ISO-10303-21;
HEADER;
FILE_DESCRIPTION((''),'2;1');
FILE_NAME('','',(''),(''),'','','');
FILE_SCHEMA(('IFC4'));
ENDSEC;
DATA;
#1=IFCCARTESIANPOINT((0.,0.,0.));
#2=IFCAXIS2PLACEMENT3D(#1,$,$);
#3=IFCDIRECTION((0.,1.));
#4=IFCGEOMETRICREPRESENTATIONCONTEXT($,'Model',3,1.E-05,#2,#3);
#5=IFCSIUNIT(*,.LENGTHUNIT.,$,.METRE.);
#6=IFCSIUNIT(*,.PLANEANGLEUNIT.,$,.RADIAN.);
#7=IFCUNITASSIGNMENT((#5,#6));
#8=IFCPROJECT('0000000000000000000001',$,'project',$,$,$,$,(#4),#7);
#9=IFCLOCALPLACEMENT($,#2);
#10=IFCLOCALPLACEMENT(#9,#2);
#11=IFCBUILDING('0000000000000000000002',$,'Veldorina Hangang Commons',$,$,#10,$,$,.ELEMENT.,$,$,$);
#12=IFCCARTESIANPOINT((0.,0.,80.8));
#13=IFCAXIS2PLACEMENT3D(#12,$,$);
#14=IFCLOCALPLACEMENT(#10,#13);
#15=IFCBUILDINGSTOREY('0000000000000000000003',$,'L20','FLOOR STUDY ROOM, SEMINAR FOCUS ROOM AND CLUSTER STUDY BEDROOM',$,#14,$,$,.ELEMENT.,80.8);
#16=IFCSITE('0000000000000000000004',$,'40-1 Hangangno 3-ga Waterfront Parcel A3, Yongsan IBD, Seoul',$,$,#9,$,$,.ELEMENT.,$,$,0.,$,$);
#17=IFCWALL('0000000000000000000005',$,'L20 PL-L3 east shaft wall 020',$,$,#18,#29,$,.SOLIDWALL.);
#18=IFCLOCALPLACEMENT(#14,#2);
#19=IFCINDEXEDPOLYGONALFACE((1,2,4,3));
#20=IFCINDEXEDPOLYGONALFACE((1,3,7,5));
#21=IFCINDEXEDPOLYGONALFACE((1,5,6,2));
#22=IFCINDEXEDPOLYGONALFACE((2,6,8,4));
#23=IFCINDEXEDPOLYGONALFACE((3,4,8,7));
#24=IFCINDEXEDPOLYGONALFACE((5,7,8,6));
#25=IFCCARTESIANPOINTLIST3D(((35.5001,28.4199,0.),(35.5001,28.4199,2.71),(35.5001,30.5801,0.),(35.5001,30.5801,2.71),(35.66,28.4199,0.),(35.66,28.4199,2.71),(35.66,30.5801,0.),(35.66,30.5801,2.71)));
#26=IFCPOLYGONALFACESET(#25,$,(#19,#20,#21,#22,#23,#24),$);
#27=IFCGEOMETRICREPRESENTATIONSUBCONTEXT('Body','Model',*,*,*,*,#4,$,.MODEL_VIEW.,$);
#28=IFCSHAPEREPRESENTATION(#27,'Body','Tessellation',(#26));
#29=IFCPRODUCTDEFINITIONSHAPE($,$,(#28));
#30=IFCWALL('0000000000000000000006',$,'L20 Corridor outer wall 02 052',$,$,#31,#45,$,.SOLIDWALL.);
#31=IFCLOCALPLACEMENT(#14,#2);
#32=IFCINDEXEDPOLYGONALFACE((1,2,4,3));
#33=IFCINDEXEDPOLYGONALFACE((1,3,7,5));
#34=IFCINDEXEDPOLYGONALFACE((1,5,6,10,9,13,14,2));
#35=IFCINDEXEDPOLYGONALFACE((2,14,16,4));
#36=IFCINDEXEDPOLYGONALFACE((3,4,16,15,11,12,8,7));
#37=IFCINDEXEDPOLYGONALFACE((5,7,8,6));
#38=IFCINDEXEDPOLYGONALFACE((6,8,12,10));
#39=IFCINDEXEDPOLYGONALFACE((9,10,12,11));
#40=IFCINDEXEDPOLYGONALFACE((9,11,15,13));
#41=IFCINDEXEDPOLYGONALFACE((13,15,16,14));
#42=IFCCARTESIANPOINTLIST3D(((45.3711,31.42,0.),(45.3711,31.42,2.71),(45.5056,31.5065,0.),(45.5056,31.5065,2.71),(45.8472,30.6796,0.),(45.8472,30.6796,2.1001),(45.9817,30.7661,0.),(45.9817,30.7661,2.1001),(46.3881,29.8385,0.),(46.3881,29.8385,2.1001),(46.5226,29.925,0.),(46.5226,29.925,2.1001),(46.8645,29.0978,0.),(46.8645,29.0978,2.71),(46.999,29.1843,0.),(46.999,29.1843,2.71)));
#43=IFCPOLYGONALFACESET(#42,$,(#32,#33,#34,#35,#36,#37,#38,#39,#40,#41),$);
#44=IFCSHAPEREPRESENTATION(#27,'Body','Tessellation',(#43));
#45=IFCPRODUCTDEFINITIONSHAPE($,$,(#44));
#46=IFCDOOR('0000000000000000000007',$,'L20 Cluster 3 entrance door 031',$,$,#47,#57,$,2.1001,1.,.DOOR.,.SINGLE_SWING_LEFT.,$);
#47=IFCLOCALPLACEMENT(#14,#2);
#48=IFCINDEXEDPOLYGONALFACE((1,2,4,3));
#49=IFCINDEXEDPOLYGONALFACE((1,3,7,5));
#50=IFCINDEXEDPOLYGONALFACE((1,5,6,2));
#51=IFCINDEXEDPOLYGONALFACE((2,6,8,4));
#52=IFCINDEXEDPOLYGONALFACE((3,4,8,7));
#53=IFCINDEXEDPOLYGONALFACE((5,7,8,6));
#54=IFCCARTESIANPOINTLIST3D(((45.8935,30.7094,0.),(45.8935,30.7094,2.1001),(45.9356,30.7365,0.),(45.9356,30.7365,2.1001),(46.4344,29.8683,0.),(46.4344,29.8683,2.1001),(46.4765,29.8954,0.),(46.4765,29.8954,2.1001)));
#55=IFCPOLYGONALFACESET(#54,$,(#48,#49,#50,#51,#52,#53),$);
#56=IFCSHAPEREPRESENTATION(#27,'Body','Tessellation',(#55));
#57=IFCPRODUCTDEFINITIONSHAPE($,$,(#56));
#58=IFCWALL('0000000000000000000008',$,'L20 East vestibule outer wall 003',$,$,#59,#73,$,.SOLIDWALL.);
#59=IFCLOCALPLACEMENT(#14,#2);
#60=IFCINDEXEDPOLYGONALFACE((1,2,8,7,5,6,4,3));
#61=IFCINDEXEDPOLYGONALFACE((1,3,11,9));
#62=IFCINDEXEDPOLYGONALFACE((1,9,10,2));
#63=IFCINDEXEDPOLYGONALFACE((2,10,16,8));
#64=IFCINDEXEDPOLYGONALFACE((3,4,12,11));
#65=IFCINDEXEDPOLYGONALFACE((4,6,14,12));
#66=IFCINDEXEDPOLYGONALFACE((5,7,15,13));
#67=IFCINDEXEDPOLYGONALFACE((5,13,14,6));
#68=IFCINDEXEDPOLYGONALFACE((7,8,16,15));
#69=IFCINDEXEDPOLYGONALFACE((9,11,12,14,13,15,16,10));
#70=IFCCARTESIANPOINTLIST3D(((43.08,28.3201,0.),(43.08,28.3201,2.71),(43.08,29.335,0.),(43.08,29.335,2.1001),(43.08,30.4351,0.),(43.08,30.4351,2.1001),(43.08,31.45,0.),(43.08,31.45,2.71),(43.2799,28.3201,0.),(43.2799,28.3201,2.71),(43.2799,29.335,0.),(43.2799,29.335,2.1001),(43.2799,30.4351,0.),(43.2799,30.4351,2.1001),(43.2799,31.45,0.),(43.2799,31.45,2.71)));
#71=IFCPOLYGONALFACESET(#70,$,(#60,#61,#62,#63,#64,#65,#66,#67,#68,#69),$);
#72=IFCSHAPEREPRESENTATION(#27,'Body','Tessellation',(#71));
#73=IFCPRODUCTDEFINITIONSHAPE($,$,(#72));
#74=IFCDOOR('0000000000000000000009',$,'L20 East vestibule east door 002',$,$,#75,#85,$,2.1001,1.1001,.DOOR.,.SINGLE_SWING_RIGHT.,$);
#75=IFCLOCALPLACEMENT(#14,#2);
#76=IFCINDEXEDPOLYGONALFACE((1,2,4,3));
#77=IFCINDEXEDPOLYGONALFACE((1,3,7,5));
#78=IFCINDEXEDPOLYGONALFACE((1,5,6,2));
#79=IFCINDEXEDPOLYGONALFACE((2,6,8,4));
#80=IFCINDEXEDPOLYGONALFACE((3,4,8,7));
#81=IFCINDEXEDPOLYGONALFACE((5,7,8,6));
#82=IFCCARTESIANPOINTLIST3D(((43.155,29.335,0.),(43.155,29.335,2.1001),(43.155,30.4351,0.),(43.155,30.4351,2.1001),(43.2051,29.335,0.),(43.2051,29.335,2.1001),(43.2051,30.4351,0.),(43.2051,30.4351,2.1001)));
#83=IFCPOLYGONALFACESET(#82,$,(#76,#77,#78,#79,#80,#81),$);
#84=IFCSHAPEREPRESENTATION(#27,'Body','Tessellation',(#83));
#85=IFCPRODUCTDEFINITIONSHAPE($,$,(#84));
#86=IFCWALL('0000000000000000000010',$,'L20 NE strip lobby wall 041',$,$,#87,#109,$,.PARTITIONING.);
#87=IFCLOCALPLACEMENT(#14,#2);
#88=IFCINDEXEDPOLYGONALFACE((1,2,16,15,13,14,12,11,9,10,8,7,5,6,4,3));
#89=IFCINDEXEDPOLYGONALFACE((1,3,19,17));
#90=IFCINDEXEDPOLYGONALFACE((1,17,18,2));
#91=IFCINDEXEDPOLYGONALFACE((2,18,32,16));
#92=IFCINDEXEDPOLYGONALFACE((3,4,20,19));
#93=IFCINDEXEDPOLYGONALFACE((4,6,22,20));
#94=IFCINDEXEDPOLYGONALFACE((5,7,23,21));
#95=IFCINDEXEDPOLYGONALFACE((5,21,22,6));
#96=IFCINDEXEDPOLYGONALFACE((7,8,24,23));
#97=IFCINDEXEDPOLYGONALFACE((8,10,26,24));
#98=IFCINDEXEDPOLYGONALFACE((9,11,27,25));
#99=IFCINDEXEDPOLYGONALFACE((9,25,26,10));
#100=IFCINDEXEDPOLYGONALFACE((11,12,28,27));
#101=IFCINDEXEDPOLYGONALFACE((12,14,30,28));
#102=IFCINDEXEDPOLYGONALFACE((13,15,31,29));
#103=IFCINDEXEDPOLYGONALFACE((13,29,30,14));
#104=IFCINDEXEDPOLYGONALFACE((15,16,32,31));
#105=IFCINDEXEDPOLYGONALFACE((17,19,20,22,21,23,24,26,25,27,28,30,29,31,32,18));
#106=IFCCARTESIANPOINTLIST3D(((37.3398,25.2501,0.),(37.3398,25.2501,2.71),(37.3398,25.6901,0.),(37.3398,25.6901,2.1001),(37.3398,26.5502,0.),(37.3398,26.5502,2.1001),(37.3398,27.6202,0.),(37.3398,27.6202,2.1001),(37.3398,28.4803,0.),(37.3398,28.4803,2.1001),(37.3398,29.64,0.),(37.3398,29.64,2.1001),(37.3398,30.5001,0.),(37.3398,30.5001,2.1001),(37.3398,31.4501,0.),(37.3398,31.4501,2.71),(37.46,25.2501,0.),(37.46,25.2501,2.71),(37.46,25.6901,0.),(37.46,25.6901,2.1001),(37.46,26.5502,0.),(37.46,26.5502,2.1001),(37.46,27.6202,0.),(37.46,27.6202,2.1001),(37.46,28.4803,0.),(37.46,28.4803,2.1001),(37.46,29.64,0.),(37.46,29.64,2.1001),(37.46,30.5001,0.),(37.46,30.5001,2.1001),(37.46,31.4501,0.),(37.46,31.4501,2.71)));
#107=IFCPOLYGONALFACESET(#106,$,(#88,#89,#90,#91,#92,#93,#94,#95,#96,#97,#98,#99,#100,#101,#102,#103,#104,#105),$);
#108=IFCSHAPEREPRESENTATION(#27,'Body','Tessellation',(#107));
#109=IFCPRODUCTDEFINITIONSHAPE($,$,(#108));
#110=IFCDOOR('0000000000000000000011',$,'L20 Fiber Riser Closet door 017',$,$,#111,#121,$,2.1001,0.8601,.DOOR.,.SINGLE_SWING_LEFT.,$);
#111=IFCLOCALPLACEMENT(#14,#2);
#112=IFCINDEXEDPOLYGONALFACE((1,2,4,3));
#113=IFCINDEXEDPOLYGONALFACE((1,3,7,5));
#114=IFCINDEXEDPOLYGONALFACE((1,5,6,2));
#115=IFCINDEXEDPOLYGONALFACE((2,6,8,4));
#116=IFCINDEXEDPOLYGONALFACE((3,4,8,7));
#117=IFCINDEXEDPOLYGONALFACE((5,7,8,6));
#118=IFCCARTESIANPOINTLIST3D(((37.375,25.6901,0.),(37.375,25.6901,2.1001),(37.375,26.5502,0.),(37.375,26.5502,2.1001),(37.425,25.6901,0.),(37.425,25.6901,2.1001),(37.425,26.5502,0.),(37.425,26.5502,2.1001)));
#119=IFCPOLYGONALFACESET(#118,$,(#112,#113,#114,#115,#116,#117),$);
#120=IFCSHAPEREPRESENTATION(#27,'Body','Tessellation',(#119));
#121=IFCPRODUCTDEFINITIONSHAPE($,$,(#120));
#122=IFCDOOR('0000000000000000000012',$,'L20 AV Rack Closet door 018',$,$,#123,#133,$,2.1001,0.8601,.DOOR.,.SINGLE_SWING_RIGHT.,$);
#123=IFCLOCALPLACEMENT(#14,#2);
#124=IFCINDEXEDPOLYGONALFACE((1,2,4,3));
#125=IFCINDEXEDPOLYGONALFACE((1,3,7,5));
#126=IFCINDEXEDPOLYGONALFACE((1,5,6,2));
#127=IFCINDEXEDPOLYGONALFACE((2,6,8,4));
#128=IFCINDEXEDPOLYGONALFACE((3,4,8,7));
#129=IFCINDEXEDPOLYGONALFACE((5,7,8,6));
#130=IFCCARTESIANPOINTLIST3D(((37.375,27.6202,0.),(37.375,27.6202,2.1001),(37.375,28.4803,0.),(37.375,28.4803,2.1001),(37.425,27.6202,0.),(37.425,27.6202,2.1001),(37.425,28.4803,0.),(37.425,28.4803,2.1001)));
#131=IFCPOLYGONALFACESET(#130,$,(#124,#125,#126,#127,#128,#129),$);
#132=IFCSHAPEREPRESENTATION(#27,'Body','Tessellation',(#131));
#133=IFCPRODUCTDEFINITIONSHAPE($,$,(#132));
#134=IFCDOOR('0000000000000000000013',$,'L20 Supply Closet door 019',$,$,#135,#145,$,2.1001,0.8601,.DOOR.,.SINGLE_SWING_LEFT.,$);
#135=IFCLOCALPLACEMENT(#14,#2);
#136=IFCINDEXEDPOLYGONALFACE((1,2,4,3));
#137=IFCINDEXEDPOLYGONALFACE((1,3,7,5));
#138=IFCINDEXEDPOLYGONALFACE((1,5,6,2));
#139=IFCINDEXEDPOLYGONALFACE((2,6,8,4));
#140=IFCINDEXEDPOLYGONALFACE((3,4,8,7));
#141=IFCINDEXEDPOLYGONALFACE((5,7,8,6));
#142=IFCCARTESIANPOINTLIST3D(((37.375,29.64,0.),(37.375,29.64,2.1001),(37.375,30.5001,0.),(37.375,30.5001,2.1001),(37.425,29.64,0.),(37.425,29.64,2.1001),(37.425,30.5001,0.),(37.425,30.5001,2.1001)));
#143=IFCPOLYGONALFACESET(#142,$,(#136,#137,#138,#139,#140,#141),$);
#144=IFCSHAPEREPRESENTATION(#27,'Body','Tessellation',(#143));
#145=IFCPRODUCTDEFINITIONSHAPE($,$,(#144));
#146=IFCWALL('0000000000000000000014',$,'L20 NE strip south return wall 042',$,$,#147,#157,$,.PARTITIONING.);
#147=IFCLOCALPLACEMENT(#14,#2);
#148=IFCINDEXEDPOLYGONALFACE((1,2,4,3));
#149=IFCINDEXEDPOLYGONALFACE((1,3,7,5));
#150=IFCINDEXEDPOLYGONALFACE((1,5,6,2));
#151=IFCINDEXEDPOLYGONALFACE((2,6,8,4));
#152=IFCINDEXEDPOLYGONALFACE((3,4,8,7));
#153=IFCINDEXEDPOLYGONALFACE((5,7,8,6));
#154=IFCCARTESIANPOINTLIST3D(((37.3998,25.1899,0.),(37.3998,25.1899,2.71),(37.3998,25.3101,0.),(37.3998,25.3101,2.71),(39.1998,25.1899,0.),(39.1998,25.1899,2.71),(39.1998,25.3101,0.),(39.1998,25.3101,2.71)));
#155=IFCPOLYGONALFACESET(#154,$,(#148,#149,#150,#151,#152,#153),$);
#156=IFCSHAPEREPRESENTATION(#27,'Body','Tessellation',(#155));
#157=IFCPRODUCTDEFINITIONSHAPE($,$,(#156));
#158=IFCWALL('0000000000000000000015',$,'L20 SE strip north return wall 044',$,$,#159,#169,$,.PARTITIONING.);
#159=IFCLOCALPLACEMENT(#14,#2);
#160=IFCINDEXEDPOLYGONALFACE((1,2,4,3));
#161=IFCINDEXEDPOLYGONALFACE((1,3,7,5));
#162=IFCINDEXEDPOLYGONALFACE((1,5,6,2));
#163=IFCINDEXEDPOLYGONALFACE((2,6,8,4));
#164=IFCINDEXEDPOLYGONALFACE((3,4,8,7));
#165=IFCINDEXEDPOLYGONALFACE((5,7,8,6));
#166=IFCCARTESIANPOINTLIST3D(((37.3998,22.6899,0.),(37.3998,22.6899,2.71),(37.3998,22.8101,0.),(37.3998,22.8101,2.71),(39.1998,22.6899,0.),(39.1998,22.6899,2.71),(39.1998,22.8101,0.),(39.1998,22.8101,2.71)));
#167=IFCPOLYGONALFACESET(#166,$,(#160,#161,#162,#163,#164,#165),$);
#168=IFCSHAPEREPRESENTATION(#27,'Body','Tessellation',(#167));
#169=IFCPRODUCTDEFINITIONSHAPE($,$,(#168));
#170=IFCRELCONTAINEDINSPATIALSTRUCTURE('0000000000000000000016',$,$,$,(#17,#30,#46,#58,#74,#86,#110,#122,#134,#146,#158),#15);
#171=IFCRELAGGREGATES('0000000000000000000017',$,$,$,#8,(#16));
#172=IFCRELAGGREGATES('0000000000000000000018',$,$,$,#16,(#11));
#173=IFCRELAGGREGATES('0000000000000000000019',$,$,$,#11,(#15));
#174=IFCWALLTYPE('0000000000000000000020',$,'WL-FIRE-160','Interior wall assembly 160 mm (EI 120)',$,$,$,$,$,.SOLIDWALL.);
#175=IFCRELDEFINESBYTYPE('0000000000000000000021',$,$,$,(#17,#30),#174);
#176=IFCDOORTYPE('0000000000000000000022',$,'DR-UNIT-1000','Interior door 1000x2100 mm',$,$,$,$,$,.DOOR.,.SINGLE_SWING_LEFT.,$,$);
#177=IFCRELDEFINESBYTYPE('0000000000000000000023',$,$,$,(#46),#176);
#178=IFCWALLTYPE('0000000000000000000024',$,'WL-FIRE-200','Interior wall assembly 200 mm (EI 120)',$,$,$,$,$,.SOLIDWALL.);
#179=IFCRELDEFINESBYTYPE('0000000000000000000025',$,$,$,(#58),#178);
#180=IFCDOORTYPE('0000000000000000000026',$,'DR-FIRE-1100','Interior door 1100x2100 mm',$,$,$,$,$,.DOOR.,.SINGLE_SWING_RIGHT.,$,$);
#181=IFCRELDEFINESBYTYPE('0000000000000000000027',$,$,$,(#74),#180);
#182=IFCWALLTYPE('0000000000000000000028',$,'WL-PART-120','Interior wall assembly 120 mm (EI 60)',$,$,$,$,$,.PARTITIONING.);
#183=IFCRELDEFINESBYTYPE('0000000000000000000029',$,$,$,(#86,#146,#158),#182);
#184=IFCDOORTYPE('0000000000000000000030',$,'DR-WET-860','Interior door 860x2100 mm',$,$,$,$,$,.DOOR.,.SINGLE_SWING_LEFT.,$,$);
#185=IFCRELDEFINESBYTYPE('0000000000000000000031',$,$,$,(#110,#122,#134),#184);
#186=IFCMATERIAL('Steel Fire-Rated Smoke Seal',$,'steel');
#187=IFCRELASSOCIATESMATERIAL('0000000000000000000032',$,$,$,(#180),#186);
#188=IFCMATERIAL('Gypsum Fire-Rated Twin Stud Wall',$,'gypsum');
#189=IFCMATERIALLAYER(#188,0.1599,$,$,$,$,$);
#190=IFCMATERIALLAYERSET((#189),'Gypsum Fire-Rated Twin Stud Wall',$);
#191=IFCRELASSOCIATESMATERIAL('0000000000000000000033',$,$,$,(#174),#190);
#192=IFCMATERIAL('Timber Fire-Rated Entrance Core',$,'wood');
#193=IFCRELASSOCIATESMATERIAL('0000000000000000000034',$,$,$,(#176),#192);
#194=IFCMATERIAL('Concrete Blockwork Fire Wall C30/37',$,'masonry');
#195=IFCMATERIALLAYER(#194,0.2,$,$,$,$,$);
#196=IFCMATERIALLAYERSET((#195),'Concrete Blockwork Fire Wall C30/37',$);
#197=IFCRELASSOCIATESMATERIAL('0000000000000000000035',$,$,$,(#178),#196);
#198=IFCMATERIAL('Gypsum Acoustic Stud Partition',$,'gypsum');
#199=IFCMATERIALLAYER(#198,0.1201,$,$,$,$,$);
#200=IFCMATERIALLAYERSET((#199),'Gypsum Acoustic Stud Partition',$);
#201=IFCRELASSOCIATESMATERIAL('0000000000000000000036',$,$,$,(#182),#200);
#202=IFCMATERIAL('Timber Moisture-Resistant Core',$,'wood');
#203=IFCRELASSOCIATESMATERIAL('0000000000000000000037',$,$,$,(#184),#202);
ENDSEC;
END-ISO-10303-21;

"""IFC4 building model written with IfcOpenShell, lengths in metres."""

from ifc_helpers import new_model, si_unit, direction, frame, frame_2d, origin, place, context, subcontext, project, spatial, rectangle, extrude, material, layer, layer_set, type_object, element, fill, save


model = new_model("IFC4")

# Units and contexts
model_context = context("Model", 3, precision=1e-05, world=origin(), true_north=direction((0.0, 1.0)))
body_context = subcontext(model_context, "Body", "Model", "MODEL_VIEW")
ifc_project = project(units=[si_unit("LENGTHUNIT", "METRE"), si_unit("PLANEANGLEUNIT", "RADIAN")], contexts=[model_context])

# Site, building, storey
site_placement = place(None, origin())
site = spatial("IfcSite", under=ifc_project, at=site_placement, Name="40-1 Hangangno 3-ga Waterfront Parcel A3, Yongsan IBD, Seoul", CompositionType="ELEMENT", RefElevation=0.0)
building_placement = place(site_placement, origin())
building = spatial("IfcBuilding", under=site, at=building_placement, Name="Veldorina Hangang Commons", CompositionType="ELEMENT")
storey_placement = place(building_placement, frame((0.0, 0.0, 80.8)))
storey = spatial("IfcBuildingStorey", under=building, at=storey_placement, Name="L20", Description="FLOOR STUDY ROOM, SEMINAR FOCUS ROOM AND CLUSTER STUDY BEDROOM", CompositionType="ELEMENT", Elevation=80.8)

# Shared definitions
ifc_material_1 = material(Name="Steel Fire-Rated Smoke Seal", Category="steel")
door_type_1 = type_object("IfcDoorType", Name="DR-FIRE-1100", Description="Interior door 1100x2100 mm", OperationType="SINGLE_SWING_RIGHT", PredefinedType="DOOR", material=ifc_material_1)

# Wall
ifc_material_2 = material(Name="Gypsum Fire-Rated Twin Stud Wall", Category="gypsum")
ifc_layer_1 = layer(ifc_material_2, 0.1599)
ifc_layer_set_1 = layer_set([ifc_layer_1], Name="Gypsum Fire-Rated Twin Stud Wall")
wall_type_1 = type_object("IfcWallType", Name="WL-FIRE-160", Description="Interior wall assembly 160 mm (EI 120)", PredefinedType="SOLIDWALL", material=ifc_layer_set_1)
for number, where, z_axis, x_axis, name in (
    (1, (35.5801, 28.4199, 0.0), (0.0, 0.0, 1.0), (0.0, 1.0, 0.0), "L20 PL-L3 east shaft wall 020"),
):
    element("IfcWall", number, at=place(storey_placement, frame(where, z_axis=z_axis, x_axis=x_axis)), inside=storey, type_object=wall_type_1, Name=name, PredefinedType="SOLIDWALL", context=body_context, shape_type="SweptSolid", body=[
        extrude(rectangle(XDim=2.1602, YDim=0.1599, at=frame_2d((1.0801, 0.0))), origin(), (0.0, 0.0, 1.0), 2.71),
    ])

# Walls, openings, doors
wall_1_placement = place(storey_placement, frame((46.9316, 29.1411, 0.0), z_axis=(0.0, 0.0, 1.0), x_axis=(-0.540892, 0.841092, 0.0)))
wall_1 = element("IfcWall", 2, at=wall_1_placement, inside=storey, type_object=wall_type_1, Name="L20 Corridor outer wall 02 052", PredefinedType="SOLIDWALL", context=body_context, shape_type="SweptSolid", body=[
    extrude(rectangle(XDim=2.761, YDim=0.1599, at=frame_2d((1.3804, 0.0))), origin(), (0.0, 0.0, 1.0), 2.71),
])
opening_1_placement = place(wall_1_placement, frame((0.8806, 0.0, 0.0)))
opening_1 = element("IfcOpeningElement", 3, at=opening_1_placement, cuts=wall_1, PredefinedType="OPENING", context=body_context, shape_type="SweptSolid", body=[
    extrude(rectangle(XDim=1.0, YDim=2.1001, at=frame_2d((0.5, 1.05))), frame((0.0, 0.0898, 0.0), z_axis=(0.0, -1.0, 0.0), x_axis=(1.0, 0.0, 0.0)), (0.0, 0.0, 1.0), 0.1799),
])
ifc_material_3 = material(Name="Timber Fire-Rated Entrance Core", Category="wood")
door_type_2 = type_object("IfcDoorType", Name="DR-UNIT-1000", Description="Interior door 1000x2100 mm", OperationType="SINGLE_SWING_LEFT", PredefinedType="DOOR", material=ifc_material_3)
door_1_placement = place(opening_1_placement, origin())
door_1 = element("IfcDoor", 4, at=door_1_placement, inside=storey, type_object=door_type_2, Name="L20 Cluster 3 entrance door 031", OperationType="SINGLE_SWING_LEFT", OverallHeight=2.1001, OverallWidth=1.0, PredefinedType="DOOR", context=body_context, shape_type="SweptSolid", body=[
    extrude(rectangle(XDim=1.0, YDim=2.1001, at=frame_2d((0.5, 1.05))), frame((0.0, 0.0249, 0.0), z_axis=(0.0, -1.0, 0.0), x_axis=(1.0, 0.0, 0.0)), (0.0, 0.0, 1.0), 0.05),
])
fill(opening_1, door_1)
ifc_material_4 = material(Name="Concrete Blockwork Fire Wall C30/37", Category="masonry")
ifc_layer_2 = layer(ifc_material_4, 0.2)
ifc_layer_set_2 = layer_set([ifc_layer_2], Name="Concrete Blockwork Fire Wall C30/37")
wall_type_2 = type_object("IfcWallType", Name="WL-FIRE-200", Description="Interior wall assembly 200 mm (EI 120)", PredefinedType="SOLIDWALL", material=ifc_layer_set_2)
wall_2_placement = place(storey_placement, frame((43.1799, 28.3201, 0.0), z_axis=(0.0, 0.0, 1.0), x_axis=(0.0, 1.0, 0.0)))
wall_2 = element("IfcWall", 5, at=wall_2_placement, inside=storey, type_object=wall_type_2, Name="L20 East vestibule outer wall 003", PredefinedType="SOLIDWALL", context=body_context, shape_type="SweptSolid", body=[
    extrude(rectangle(XDim=3.1299, YDim=0.2, at=frame_2d((1.5649, 0.0))), origin(), (0.0, 0.0, 1.0), 2.71),
])
opening_2_placement = place(wall_2_placement, frame((1.0149, 0.0, 0.0)))
opening_2 = element("IfcOpeningElement", 6, at=opening_2_placement, cuts=wall_2, PredefinedType="OPENING", context=body_context, shape_type="SweptSolid", body=[
    extrude(rectangle(XDim=1.1001, YDim=2.1001, at=frame_2d((0.55, 1.05))), frame((0.0, 0.1099, 0.0), z_axis=(0.0, -1.0, 0.0), x_axis=(1.0, 0.0, 0.0)), (0.0, 0.0, 1.0), 0.22),
])
door_2_placement = place(opening_2_placement, origin())
door_2 = element("IfcDoor", 7, at=door_2_placement, inside=storey, type_object=door_type_1, Name="L20 East vestibule east door 002", OperationType="SINGLE_SWING_RIGHT", OverallHeight=2.1001, OverallWidth=1.1001, PredefinedType="DOOR", context=body_context, shape_type="SweptSolid", body=[
    extrude(rectangle(XDim=1.1001, YDim=2.1001, at=frame_2d((0.55, 1.05))), frame((0.0, 0.0249, 0.0), z_axis=(0.0, -1.0, 0.0), x_axis=(1.0, 0.0, 0.0)), (0.0, 0.0, 1.0), 0.05),
])
fill(opening_2, door_2)

# Wall, openings, doors
ifc_material_5 = material(Name="Gypsum Acoustic Stud Partition", Category="gypsum")
ifc_layer_3 = layer(ifc_material_5, 0.1201)
ifc_layer_set_3 = layer_set([ifc_layer_3], Name="Gypsum Acoustic Stud Partition")
wall_type_3 = type_object("IfcWallType", Name="WL-PART-120", Description="Interior wall assembly 120 mm (EI 60)", PredefinedType="PARTITIONING", material=ifc_layer_set_3)
wall_3_placement = place(storey_placement, frame((37.3999, 25.25, 0.0), z_axis=(0.0, 0.0, 1.0), x_axis=(0.0, 1.0, 0.0)))
wall_3 = element("IfcWall", 8, at=wall_3_placement, inside=storey, type_object=wall_type_3, Name="L20 NE strip lobby wall 041", PredefinedType="PARTITIONING", context=body_context, shape_type="SweptSolid", body=[
    extrude(rectangle(XDim=6.2, YDim=0.1201, at=frame_2d((3.1001, 0.0))), origin(), (0.0, 0.0, 1.0), 2.71),
])
opening_3_placement = place(wall_3_placement, frame((0.4399, 0.0, 0.0)))
opening_3 = element("IfcOpeningElement", 9, at=opening_3_placement, cuts=wall_3, PredefinedType="OPENING", context=body_context, shape_type="SweptSolid", body=[
    extrude(rectangle(XDim=0.8601, YDim=2.1001, at=frame_2d((0.4302, 1.05))), frame((0.0, 0.0701, 0.0), z_axis=(0.0, -1.0, 0.0), x_axis=(1.0, 0.0, 0.0)), (0.0, 0.0, 1.0), 0.1401),
])
opening_4_placement = place(wall_3_placement, frame((2.3701, 0.0, 0.0)))
opening_4 = element("IfcOpeningElement", 10, at=opening_4_placement, cuts=wall_3, PredefinedType="OPENING", context=body_context, shape_type="SweptSolid", body=[
    extrude(rectangle(XDim=0.8601, YDim=2.1001, at=frame_2d((0.4302, 1.05))), frame((0.0, 0.0701, 0.0), z_axis=(0.0, -1.0, 0.0), x_axis=(1.0, 0.0, 0.0)), (0.0, 0.0, 1.0), 0.1401),
])
opening_5_placement = place(wall_3_placement, frame((4.3899, 0.0, 0.0)))
opening_5 = element("IfcOpeningElement", 11, at=opening_5_placement, cuts=wall_3, PredefinedType="OPENING", context=body_context, shape_type="SweptSolid", body=[
    extrude(rectangle(XDim=0.8601, YDim=2.1001, at=frame_2d((0.4302, 1.05))), frame((0.0, 0.0701, 0.0), z_axis=(0.0, -1.0, 0.0), x_axis=(1.0, 0.0, 0.0)), (0.0, 0.0, 1.0), 0.1401),
])
ifc_material_6 = material(Name="Timber Moisture-Resistant Core", Category="wood")
door_type_3 = type_object("IfcDoorType", Name="DR-WET-860", Description="Interior door 860x2100 mm", OperationType="SINGLE_SWING_LEFT", PredefinedType="DOOR", material=ifc_material_6)
door_3_placement = place(opening_3_placement, origin())
door_3 = element("IfcDoor", 12, at=door_3_placement, inside=storey, type_object=door_type_3, Name="L20 Fiber Riser Closet door 017", OperationType="SINGLE_SWING_LEFT", OverallHeight=2.1001, OverallWidth=0.8601, PredefinedType="DOOR", context=body_context, shape_type="SweptSolid", body=[
    extrude(rectangle(XDim=0.8601, YDim=2.1001, at=frame_2d((0.4302, 1.05))), frame((0.0, 0.0249, 0.0), z_axis=(0.0, -1.0, 0.0), x_axis=(1.0, 0.0, 0.0)), (0.0, 0.0, 1.0), 0.05),
])
fill(opening_3, door_3)
door_4_placement = place(opening_4_placement, origin())
door_4 = element("IfcDoor", 13, at=door_4_placement, inside=storey, type_object=door_type_3, Name="L20 AV Rack Closet door 018", OperationType="SINGLE_SWING_RIGHT", OverallHeight=2.1001, OverallWidth=0.8601, PredefinedType="DOOR", context=body_context, shape_type="SweptSolid", body=[
    extrude(rectangle(XDim=0.8601, YDim=2.1001, at=frame_2d((0.4302, 1.05))), frame((0.0, 0.0249, 0.0), z_axis=(0.0, -1.0, 0.0), x_axis=(1.0, 0.0, 0.0)), (0.0, 0.0, 1.0), 0.05),
])
fill(opening_4, door_4)
door_5_placement = place(opening_5_placement, origin())
door_5 = element("IfcDoor", 14, at=door_5_placement, inside=storey, type_object=door_type_3, Name="L20 Supply Closet door 019", OperationType="SINGLE_SWING_LEFT", OverallHeight=2.1001, OverallWidth=0.8601, PredefinedType="DOOR", context=body_context, shape_type="SweptSolid", body=[
    extrude(rectangle(XDim=0.8601, YDim=2.1001, at=frame_2d((0.4302, 1.05))), frame((0.0, 0.0249, 0.0), z_axis=(0.0, -1.0, 0.0), x_axis=(1.0, 0.0, 0.0)), (0.0, 0.0, 1.0), 0.05),
])
fill(opening_5, door_5)

# Walls
for number, where, z_axis, x_axis, name in (
    (15, (37.3999, 25.25, 0.0), (0.0, 0.0, 1.0), (1.0, 0.0, 0.0), "L20 NE strip south return wall 042"),
    (16, (37.3999, 22.75, 0.0), (0.0, 0.0, 1.0), (1.0, 0.0, 0.0), "L20 SE strip north return wall 044"),
):
    element("IfcWall", number, at=place(storey_placement, frame(where, z_axis=z_axis, x_axis=x_axis)), inside=storey, type_object=wall_type_3, Name=name, PredefinedType="PARTITIONING", context=body_context, shape_type="SweptSolid", body=[
        extrude(rectangle(XDim=1.8, YDim=0.1201, at=frame_2d((0.8999, 0.0))), origin(), (0.0, 0.0, 1.0), 2.71),
    ])

save(model, "model.ifc")
